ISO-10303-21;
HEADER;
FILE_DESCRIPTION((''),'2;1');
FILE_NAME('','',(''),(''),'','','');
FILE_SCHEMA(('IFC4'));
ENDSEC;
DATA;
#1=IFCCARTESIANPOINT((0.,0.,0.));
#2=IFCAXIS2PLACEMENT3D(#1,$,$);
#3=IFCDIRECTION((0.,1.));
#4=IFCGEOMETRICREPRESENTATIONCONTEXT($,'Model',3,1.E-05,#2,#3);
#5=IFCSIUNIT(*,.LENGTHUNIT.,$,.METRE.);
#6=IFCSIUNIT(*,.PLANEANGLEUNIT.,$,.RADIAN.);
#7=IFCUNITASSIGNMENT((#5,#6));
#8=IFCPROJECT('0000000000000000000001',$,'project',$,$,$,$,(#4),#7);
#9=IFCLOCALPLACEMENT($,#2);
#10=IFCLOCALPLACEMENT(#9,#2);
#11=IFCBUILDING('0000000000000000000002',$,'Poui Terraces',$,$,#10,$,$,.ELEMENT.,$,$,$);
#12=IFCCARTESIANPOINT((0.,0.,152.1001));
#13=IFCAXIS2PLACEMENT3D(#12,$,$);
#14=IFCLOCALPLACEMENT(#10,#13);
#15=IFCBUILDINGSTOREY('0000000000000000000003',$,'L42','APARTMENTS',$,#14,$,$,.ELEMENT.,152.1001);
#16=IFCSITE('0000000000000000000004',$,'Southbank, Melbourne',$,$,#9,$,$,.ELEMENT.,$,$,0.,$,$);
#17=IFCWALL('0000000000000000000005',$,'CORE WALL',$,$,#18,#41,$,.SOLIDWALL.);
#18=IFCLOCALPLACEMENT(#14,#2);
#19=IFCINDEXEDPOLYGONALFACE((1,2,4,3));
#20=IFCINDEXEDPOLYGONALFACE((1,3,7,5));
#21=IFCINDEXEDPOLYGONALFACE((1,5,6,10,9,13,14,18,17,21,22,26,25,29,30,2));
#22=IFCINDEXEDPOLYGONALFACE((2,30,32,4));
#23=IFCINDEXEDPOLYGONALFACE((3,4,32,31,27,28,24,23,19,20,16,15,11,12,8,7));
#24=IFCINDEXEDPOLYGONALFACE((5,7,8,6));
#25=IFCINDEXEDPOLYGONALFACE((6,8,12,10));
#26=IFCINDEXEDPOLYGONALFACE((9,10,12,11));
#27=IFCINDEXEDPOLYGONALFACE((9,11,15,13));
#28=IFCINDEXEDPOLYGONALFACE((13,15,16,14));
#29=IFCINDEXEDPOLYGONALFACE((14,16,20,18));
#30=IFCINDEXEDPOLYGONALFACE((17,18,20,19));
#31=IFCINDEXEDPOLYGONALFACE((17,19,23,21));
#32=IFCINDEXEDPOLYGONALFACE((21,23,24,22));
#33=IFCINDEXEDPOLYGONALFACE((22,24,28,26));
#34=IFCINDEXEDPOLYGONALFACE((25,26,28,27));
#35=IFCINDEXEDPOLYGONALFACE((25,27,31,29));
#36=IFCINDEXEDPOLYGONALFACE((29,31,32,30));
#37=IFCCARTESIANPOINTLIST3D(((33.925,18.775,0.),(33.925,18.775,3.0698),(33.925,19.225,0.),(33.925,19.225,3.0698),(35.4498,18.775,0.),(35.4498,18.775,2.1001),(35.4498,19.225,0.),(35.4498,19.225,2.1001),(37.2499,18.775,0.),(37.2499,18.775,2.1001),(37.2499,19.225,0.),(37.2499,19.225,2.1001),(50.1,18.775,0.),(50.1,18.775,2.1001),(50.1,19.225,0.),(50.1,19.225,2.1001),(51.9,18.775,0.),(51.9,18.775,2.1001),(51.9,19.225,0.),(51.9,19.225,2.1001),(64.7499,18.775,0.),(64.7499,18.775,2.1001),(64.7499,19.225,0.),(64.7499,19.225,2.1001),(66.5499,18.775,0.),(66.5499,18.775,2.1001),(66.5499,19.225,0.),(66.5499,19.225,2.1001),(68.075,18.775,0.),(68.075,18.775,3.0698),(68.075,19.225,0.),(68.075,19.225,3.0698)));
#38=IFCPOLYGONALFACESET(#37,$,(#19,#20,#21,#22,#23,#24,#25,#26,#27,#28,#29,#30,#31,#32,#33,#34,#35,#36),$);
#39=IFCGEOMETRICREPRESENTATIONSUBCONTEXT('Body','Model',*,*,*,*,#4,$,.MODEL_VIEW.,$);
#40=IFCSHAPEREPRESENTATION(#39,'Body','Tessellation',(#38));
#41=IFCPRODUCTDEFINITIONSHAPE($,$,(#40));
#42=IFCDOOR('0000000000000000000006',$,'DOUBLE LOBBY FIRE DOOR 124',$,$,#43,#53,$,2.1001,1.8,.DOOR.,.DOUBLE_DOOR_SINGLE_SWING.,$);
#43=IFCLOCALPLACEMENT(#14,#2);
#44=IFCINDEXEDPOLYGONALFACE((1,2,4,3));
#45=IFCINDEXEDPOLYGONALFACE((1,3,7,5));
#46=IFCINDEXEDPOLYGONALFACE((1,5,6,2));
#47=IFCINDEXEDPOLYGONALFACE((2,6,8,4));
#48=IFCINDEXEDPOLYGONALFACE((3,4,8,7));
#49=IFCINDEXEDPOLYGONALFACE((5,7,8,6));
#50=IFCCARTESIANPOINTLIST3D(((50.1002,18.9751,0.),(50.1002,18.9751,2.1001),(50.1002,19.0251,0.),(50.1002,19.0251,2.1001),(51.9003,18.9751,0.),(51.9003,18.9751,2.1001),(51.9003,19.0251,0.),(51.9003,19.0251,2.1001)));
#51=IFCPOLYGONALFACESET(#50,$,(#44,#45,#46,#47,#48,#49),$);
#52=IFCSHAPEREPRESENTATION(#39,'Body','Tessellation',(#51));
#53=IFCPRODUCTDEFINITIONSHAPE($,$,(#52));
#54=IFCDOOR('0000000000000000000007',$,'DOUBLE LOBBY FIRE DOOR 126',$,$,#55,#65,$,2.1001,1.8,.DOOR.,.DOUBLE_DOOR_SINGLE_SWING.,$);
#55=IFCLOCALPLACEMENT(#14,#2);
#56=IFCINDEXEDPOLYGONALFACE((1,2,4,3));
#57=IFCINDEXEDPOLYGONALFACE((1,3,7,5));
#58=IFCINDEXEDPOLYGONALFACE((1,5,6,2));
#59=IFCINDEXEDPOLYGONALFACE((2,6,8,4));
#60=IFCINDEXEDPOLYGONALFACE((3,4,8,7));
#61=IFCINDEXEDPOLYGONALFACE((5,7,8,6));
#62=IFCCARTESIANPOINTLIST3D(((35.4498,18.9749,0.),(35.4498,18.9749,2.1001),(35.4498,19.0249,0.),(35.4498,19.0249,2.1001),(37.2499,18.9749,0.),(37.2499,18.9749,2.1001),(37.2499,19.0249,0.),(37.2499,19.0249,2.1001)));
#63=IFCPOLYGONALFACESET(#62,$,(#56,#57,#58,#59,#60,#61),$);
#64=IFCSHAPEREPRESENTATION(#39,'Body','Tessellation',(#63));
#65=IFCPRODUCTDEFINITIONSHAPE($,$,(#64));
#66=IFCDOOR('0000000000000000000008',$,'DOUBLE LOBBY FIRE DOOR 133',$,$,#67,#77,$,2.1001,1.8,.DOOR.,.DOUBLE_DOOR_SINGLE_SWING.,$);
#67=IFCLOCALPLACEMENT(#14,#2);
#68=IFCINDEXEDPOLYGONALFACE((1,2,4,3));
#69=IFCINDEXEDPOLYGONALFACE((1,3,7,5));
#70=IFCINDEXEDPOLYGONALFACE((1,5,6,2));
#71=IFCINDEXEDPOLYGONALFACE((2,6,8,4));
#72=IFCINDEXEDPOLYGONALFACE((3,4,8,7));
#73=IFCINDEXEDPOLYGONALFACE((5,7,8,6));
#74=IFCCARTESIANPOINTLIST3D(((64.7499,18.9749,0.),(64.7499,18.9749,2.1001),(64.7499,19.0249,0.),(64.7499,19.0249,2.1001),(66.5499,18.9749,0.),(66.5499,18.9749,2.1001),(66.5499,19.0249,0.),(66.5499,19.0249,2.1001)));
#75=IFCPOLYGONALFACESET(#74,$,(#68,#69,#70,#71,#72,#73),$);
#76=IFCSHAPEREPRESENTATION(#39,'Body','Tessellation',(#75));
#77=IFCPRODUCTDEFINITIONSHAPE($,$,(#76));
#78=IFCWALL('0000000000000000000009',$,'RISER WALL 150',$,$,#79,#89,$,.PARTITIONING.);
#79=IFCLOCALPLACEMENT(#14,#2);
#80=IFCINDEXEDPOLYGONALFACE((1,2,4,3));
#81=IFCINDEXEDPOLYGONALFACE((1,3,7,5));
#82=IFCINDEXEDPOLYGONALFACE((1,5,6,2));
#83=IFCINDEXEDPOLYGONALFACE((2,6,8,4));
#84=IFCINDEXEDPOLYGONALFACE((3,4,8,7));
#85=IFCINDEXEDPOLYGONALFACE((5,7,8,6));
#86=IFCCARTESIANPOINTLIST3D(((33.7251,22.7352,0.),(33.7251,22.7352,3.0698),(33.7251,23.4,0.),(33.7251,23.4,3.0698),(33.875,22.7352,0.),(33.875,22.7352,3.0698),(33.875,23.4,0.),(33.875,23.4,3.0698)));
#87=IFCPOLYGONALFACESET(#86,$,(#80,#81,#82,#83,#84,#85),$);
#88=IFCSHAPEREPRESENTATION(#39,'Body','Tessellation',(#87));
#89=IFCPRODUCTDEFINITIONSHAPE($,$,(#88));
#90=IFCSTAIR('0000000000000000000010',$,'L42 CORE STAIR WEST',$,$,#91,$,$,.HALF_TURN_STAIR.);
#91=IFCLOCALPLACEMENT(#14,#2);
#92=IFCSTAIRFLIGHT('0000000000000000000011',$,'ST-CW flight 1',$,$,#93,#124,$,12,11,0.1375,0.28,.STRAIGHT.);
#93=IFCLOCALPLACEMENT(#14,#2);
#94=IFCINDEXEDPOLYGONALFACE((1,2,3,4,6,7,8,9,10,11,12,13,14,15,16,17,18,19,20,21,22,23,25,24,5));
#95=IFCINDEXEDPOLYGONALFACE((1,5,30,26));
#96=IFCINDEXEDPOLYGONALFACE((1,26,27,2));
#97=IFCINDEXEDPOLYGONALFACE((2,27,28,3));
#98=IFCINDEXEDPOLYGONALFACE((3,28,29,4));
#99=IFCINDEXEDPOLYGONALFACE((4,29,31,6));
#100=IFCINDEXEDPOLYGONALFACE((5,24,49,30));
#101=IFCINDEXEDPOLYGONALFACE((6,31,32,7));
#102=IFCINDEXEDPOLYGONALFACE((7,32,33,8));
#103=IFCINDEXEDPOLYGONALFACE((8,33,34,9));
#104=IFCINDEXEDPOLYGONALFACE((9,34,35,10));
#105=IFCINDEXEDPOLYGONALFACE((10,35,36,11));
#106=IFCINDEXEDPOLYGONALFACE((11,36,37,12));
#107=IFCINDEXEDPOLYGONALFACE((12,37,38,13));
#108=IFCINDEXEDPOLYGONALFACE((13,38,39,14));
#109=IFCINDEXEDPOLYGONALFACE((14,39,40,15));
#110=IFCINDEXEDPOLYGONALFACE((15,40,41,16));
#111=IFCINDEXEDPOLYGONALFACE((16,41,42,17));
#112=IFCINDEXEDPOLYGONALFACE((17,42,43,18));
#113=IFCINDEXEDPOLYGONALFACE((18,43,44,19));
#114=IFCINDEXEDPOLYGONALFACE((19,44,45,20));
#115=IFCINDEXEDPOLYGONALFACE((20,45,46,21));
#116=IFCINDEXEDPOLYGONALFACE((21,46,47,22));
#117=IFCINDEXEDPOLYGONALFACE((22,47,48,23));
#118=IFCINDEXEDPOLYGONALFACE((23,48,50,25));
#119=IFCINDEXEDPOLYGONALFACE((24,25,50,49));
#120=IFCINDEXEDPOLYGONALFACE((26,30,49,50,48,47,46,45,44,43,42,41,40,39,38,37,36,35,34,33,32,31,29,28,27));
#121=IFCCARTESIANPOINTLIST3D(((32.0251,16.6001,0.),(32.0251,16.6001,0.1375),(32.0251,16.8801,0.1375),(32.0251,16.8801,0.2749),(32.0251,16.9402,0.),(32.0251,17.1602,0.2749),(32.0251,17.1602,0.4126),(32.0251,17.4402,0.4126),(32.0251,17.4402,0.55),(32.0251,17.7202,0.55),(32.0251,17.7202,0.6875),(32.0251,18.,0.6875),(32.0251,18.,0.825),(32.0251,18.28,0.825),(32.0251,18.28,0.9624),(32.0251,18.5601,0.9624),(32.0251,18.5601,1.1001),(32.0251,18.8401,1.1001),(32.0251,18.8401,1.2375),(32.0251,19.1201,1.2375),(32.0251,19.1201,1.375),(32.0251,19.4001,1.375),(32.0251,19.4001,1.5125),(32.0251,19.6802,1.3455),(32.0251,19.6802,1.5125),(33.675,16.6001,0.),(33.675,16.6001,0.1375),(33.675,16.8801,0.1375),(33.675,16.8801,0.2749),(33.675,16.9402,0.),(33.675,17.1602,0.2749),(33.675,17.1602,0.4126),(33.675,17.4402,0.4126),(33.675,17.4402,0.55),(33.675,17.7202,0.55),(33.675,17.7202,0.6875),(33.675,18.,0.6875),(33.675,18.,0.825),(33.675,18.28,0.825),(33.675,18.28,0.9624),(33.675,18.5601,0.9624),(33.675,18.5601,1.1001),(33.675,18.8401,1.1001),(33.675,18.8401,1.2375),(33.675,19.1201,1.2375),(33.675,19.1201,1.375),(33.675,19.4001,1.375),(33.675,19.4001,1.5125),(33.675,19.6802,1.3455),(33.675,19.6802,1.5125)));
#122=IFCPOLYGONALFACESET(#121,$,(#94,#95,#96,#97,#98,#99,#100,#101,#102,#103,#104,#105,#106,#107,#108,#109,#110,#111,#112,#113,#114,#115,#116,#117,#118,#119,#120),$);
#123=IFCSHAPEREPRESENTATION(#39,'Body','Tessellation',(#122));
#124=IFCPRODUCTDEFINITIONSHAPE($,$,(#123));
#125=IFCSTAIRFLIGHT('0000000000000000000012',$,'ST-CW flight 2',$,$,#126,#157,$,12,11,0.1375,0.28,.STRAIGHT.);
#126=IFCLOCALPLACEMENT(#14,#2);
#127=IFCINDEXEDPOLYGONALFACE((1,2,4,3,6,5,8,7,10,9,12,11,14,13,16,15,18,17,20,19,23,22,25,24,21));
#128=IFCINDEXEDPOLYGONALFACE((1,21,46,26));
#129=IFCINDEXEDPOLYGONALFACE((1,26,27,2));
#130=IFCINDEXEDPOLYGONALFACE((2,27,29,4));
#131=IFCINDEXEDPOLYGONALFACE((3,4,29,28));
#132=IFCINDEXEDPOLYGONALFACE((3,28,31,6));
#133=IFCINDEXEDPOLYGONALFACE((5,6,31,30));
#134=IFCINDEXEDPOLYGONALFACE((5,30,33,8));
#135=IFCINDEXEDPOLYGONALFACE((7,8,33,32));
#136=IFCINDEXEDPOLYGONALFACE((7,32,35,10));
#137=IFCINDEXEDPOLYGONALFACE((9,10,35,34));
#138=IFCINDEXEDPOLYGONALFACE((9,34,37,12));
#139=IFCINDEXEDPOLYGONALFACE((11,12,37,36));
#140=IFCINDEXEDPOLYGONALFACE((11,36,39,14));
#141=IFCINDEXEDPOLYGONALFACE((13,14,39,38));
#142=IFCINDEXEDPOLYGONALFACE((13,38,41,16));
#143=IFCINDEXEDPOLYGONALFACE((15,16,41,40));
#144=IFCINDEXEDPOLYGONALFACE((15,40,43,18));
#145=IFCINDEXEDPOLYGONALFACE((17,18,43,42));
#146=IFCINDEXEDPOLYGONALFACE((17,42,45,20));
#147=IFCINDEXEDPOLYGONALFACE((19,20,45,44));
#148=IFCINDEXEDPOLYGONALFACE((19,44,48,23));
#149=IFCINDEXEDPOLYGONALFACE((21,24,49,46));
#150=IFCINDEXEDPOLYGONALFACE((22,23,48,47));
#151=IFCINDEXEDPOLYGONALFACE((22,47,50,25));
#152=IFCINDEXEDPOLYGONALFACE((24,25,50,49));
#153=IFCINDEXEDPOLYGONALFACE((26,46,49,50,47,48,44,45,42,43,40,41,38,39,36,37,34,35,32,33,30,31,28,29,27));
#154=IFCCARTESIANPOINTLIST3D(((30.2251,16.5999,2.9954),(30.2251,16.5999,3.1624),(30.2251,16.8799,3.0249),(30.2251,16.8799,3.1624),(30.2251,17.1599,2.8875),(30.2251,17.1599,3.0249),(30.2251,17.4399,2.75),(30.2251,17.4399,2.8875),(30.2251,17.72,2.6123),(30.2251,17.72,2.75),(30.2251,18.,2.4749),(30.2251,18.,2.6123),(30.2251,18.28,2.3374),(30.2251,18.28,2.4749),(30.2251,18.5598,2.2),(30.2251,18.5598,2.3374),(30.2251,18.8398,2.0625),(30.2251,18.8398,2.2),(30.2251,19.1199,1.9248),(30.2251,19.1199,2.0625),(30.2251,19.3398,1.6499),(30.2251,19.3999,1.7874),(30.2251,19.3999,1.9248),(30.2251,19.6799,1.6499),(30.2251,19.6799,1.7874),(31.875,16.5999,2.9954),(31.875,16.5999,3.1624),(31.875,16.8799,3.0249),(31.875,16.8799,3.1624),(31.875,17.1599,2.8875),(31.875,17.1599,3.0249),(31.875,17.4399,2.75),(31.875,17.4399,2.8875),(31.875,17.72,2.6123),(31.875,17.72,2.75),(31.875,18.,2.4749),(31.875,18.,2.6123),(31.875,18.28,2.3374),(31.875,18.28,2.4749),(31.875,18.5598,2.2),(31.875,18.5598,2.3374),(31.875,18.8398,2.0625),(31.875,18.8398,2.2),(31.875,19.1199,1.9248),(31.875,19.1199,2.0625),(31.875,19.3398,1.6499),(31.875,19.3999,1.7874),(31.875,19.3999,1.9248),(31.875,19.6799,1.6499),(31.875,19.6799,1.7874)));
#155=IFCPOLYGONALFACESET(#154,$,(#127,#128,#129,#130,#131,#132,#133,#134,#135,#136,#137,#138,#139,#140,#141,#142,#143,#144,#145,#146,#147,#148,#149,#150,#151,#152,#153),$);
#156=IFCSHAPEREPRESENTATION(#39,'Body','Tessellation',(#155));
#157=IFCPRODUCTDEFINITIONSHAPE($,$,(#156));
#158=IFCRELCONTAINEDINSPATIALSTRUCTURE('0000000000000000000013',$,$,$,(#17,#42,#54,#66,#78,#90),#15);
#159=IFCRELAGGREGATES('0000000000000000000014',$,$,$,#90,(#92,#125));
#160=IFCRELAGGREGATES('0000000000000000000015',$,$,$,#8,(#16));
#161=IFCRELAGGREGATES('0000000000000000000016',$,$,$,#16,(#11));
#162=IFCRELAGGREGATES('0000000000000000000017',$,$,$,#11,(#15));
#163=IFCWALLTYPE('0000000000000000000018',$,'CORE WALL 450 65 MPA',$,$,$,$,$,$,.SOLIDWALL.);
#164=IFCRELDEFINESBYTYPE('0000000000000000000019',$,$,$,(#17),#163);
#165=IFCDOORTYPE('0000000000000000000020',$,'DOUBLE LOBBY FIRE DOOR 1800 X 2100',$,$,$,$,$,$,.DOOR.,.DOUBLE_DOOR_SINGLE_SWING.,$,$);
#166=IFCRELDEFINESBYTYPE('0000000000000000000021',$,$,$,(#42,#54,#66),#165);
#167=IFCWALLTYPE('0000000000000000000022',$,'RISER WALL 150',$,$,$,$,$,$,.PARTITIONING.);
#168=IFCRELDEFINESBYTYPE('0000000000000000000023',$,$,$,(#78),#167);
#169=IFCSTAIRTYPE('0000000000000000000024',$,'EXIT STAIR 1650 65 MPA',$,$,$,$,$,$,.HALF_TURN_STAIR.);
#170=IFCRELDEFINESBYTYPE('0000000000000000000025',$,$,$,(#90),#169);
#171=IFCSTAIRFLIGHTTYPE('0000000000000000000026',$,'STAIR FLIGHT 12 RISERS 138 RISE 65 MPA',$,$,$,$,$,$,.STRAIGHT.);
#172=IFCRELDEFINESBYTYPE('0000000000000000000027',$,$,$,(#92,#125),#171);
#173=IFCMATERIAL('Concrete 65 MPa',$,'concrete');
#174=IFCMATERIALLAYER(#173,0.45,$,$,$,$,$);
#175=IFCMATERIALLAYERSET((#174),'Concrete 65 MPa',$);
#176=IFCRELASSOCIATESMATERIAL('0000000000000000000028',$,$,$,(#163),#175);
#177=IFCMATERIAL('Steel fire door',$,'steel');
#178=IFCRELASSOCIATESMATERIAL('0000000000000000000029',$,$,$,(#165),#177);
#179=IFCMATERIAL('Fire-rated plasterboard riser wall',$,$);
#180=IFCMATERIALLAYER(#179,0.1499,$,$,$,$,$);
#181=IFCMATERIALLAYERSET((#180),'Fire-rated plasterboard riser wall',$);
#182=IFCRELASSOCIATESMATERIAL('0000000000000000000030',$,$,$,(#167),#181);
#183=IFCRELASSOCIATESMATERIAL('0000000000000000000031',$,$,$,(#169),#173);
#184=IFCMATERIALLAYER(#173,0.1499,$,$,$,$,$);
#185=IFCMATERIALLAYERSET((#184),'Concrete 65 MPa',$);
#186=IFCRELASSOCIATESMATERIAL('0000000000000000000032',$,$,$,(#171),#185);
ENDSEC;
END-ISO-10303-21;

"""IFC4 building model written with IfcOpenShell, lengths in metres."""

from ifc_helpers import new_model, si_unit, direction, frame, frame_2d, origin, place, context, subcontext, project, spatial, polyline, rectangle, outline, extrude, material, layer, layer_set, type_object, element, fill, aggregate, save


model = new_model("IFC4")

# Units and contexts
model_context = context("Model", 3, precision=1e-05, world=origin(), true_north=direction((0.0, 1.0)))
body_context = subcontext(model_context, "Body", "Model", "MODEL_VIEW")
ifc_project = project(units=[si_unit("LENGTHUNIT", "METRE"), si_unit("PLANEANGLEUNIT", "RADIAN")], contexts=[model_context])

# Site, building, storey
site_placement = place(None, origin())
site = spatial("IfcSite", under=ifc_project, at=site_placement, Name="Southbank, Melbourne", CompositionType="ELEMENT", RefElevation=0.0)
building_placement = place(site_placement, origin())
building = spatial("IfcBuilding", under=site, at=building_placement, Name="Poui Terraces", CompositionType="ELEMENT")
storey_placement = place(building_placement, frame((0.0, 0.0, 152.1001)))
storey = spatial("IfcBuildingStorey", under=building, at=storey_placement, Name="L42", Description="APARTMENTS", CompositionType="ELEMENT", Elevation=152.1001)

# Wall, openings, doors
ifc_material_1 = material(Name="Concrete 65 MPa", Category="concrete")
ifc_layer_1 = layer(ifc_material_1, 0.45)
ifc_layer_set_1 = layer_set([ifc_layer_1], Name="Concrete 65 MPa")
wall_type_1 = type_object("IfcWallType", Name="CORE WALL 450 65 MPA", PredefinedType="SOLIDWALL", material=ifc_layer_set_1)
wall_1_placement = place(storey_placement, frame((33.925, 19.0, 0.0), z_axis=(0.0, 0.0, 1.0), x_axis=(1.0, 0.0, 0.0)))
wall_1 = element("IfcWall", 1, at=wall_1_placement, inside=storey, type_object=wall_type_1, Name="CORE WALL", PredefinedType="SOLIDWALL", context=body_context, shape_type="SweptSolid", body=[
    extrude(rectangle(XDim=34.1499, YDim=0.45, at=frame_2d((17.075, 0.0))), origin(), (0.0, 0.0, 1.0), 3.0698),
])
opening_1_placement = place(wall_1_placement, frame((16.175, 0.0, 0.0)))
opening_1 = element("IfcOpeningElement", 2, at=opening_1_placement, cuts=wall_1, PredefinedType="OPENING", context=body_context, shape_type="SweptSolid", body=[
    extrude(rectangle(XDim=1.8, YDim=2.1001, at=frame_2d((0.8999, 1.05))), frame((0.0, 0.2349, 0.0), z_axis=(0.0, -1.0, 0.0), x_axis=(1.0, 0.0, 0.0)), (0.0, 0.0, 1.0), 0.47),
])
opening_2_placement = place(wall_1_placement, frame((1.5249, 0.0, 0.0)))
opening_2 = element("IfcOpeningElement", 3, at=opening_2_placement, cuts=wall_1, PredefinedType="OPENING", context=body_context, shape_type="SweptSolid", body=[
    extrude(rectangle(XDim=1.8, YDim=2.1001, at=frame_2d((0.8999, 1.05))), frame((0.0, 0.2349, 0.0), z_axis=(0.0, -1.0, 0.0), x_axis=(1.0, 0.0, 0.0)), (0.0, 0.0, 1.0), 0.47),
])
opening_3_placement = place(wall_1_placement, frame((30.825, 0.0, 0.0)))
opening_3 = element("IfcOpeningElement", 4, at=opening_3_placement, cuts=wall_1, PredefinedType="OPENING", context=body_context, shape_type="SweptSolid", body=[
    extrude(rectangle(XDim=1.8, YDim=2.1001, at=frame_2d((0.8999, 1.05))), frame((0.0, 0.2349, 0.0), z_axis=(0.0, -1.0, 0.0), x_axis=(1.0, 0.0, 0.0)), (0.0, 0.0, 1.0), 0.47),
])
ifc_material_2 = material(Name="Steel fire door", Category="steel")
door_type = type_object("IfcDoorType", Name="DOUBLE LOBBY FIRE DOOR 1800 X 2100", OperationType="DOUBLE_DOOR_SINGLE_SWING", PredefinedType="DOOR", material=ifc_material_2)
door_1_placement = place(opening_1_placement, frame((1.8, 0.0, 0.0), z_axis=(0.0, 0.0, 1.0), x_axis=(-1.0, 0.0, 0.0)))
door_1 = element("IfcDoor", 5, at=door_1_placement, inside=storey, type_object=door_type, Name="DOUBLE LOBBY FIRE DOOR 124", OperationType="DOUBLE_DOOR_SINGLE_SWING", OverallHeight=2.1001, OverallWidth=1.8, PredefinedType="DOOR", context=body_context, shape_type="SweptSolid", body=[
    extrude(rectangle(XDim=1.8, YDim=2.1001, at=frame_2d((0.8999, 1.05))), frame((0.0, 0.0249, 0.0), z_axis=(0.0, -1.0, 0.0), x_axis=(1.0, 0.0, 0.0)), (0.0, 0.0, 1.0), 0.05),
])
fill(opening_1, door_1)
door_2_placement = place(opening_2_placement, origin())
door_2 = element("IfcDoor", 6, at=door_2_placement, inside=storey, type_object=door_type, Name="DOUBLE LOBBY FIRE DOOR 126", OperationType="DOUBLE_DOOR_SINGLE_SWING", OverallHeight=2.1001, OverallWidth=1.8, PredefinedType="DOOR", context=body_context, shape_type="SweptSolid", body=[
    extrude(rectangle(XDim=1.8, YDim=2.1001, at=frame_2d((0.8999, 1.05))), frame((0.0, 0.0249, 0.0), z_axis=(0.0, -1.0, 0.0), x_axis=(1.0, 0.0, 0.0)), (0.0, 0.0, 1.0), 0.05),
])
fill(opening_2, door_2)
door_3_placement = place(opening_3_placement, origin())
door_3 = element("IfcDoor", 7, at=door_3_placement, inside=storey, type_object=door_type, Name="DOUBLE LOBBY FIRE DOOR 133", OperationType="DOUBLE_DOOR_SINGLE_SWING", OverallHeight=2.1001, OverallWidth=1.8, PredefinedType="DOOR", context=body_context, shape_type="SweptSolid", body=[
    extrude(rectangle(XDim=1.8, YDim=2.1001, at=frame_2d((0.8999, 1.05))), frame((0.0, 0.0249, 0.0), z_axis=(0.0, -1.0, 0.0), x_axis=(1.0, 0.0, 0.0)), (0.0, 0.0, 1.0), 0.05),
])
fill(opening_3, door_3)

# Wall
ifc_material_3 = material(Name="Fire-rated plasterboard riser wall")
ifc_layer_2 = layer(ifc_material_3, 0.1499)
ifc_layer_set_2 = layer_set([ifc_layer_2], Name="Fire-rated plasterboard riser wall")
wall_type_2 = type_object("IfcWallType", Name="RISER WALL 150", PredefinedType="PARTITIONING", material=ifc_layer_set_2)
wall_2_placement = place(storey_placement, frame((33.8, 22.7351, 0.0), z_axis=(0.0, 0.0, 1.0), x_axis=(0.0, 1.0, 0.0)))
element("IfcWall", 8, at=wall_2_placement, inside=storey, type_object=wall_type_2, Name="RISER WALL 150", PredefinedType="PARTITIONING", context=body_context, shape_type="SweptSolid", body=[
    extrude(rectangle(XDim=0.6648, YDim=0.1499, at=frame_2d((0.3325, 0.0))), origin(), (0.0, 0.0, 1.0), 3.0698),
])

# Stair, stair flights
stair_type = type_object("IfcStairType", Name="EXIT STAIR 1650 65 MPA", PredefinedType="HALF_TURN_STAIR", material=ifc_material_1)
stair_placement = place(storey_placement, origin())
stair = element("IfcStair", 9, at=stair_placement, inside=storey, type_object=stair_type, Name="L42 CORE STAIR WEST", PredefinedType="HALF_TURN_STAIR")
ifc_layer_3 = layer(ifc_material_1, 0.1499)
ifc_layer_set_3 = layer_set([ifc_layer_3], Name="Concrete 65 MPa")
stair_flight_type = type_object("IfcStairFlightType", Name="STAIR FLIGHT 12 RISERS 138 RISE 65 MPA", PredefinedType="STRAIGHT", material=ifc_layer_set_3)
stair_flight_1_placement = place(storey_placement, frame((32.8501, 16.6001, 0.0), z_axis=(0.0, 0.0, 1.0), x_axis=(0.0, 1.0, 0.0)))
stair_flight_1 = element("IfcStairFlight", 10, at=stair_flight_1_placement, type_object=stair_flight_type, Name="ST-CW flight 1", NumberOfRisers=12, NumberOfTreads=11, PredefinedType="STRAIGHT", RiserHeight=0.1375, TreadLength=0.28, context=body_context, shape_type="SweptSolid", body=[
    extrude(outline(polyline([(0.0, 0.0), (0.0, 0.1375), (0.28, 0.1375), (0.28, 0.2749), (0.5601, 0.2749), (0.5601, 0.4126), (0.8401, 0.4126), (0.8401, 0.55), (1.1201, 0.55), (1.1201, 0.6875), (1.3999, 0.6875), (1.3999, 0.825), (1.6799, 0.825), (1.6799, 0.9624), (1.96, 0.9624), (1.96, 1.1001), (2.24, 1.1001), (2.24, 1.2375), (2.52, 1.2375), (2.52, 1.375), (2.8, 1.375), (2.8, 1.5125), (3.0801, 1.5125), (3.0801, 1.6499), (3.0801, 1.3455), (0.3401, 0.0), (0.0, 0.0)])), frame((0.0, 0.825, 0.0), z_axis=(0.0, -1.0, 0.0), x_axis=(1.0, 0.0, 0.0)), (0.0, 0.0, 1.0), 1.6499),
])
stair_flight_2_placement = place(storey_placement, frame((31.05, 19.6799, 1.6499), z_axis=(0.0, 0.0, 1.0), x_axis=(0.0, -1.0, 0.0)))
stair_flight_2 = element("IfcStairFlight", 11, at=stair_flight_2_placement, type_object=stair_flight_type, Name="ST-CW flight 2", NumberOfRisers=12, NumberOfTreads=11, PredefinedType="STRAIGHT", RiserHeight=0.1375, TreadLength=0.28, context=body_context, shape_type="SweptSolid", body=[
    extrude(outline(polyline([(0.0, 0.0), (0.0, 0.1375), (0.28, 0.1375), (0.28, 0.2749), (0.5601, 0.2749), (0.5601, 0.4126), (0.8401, 0.4126), (0.8401, 0.55), (1.1201, 0.55), (1.1201, 0.6875), (1.3999, 0.6875), (1.3999, 0.825), (1.6799, 0.825), (1.6799, 0.9624), (1.96, 0.9624), (1.96, 1.1001), (2.24, 1.1001), (2.24, 1.2375), (2.52, 1.2375), (2.52, 1.375), (2.8, 1.375), (2.8, 1.5125), (3.0801, 1.5125), (3.0801, 1.6499), (3.0801, 1.3455), (0.3401, 0.0), (0.0, 0.0)])), frame((0.0, 0.825, 0.0), z_axis=(0.0, -1.0, 0.0), x_axis=(1.0, 0.0, 0.0)), (0.0, 0.0, 1.0), 1.6499),
])
aggregate(stair, [stair_flight_1, stair_flight_2])

save(model, "model.ifc")
